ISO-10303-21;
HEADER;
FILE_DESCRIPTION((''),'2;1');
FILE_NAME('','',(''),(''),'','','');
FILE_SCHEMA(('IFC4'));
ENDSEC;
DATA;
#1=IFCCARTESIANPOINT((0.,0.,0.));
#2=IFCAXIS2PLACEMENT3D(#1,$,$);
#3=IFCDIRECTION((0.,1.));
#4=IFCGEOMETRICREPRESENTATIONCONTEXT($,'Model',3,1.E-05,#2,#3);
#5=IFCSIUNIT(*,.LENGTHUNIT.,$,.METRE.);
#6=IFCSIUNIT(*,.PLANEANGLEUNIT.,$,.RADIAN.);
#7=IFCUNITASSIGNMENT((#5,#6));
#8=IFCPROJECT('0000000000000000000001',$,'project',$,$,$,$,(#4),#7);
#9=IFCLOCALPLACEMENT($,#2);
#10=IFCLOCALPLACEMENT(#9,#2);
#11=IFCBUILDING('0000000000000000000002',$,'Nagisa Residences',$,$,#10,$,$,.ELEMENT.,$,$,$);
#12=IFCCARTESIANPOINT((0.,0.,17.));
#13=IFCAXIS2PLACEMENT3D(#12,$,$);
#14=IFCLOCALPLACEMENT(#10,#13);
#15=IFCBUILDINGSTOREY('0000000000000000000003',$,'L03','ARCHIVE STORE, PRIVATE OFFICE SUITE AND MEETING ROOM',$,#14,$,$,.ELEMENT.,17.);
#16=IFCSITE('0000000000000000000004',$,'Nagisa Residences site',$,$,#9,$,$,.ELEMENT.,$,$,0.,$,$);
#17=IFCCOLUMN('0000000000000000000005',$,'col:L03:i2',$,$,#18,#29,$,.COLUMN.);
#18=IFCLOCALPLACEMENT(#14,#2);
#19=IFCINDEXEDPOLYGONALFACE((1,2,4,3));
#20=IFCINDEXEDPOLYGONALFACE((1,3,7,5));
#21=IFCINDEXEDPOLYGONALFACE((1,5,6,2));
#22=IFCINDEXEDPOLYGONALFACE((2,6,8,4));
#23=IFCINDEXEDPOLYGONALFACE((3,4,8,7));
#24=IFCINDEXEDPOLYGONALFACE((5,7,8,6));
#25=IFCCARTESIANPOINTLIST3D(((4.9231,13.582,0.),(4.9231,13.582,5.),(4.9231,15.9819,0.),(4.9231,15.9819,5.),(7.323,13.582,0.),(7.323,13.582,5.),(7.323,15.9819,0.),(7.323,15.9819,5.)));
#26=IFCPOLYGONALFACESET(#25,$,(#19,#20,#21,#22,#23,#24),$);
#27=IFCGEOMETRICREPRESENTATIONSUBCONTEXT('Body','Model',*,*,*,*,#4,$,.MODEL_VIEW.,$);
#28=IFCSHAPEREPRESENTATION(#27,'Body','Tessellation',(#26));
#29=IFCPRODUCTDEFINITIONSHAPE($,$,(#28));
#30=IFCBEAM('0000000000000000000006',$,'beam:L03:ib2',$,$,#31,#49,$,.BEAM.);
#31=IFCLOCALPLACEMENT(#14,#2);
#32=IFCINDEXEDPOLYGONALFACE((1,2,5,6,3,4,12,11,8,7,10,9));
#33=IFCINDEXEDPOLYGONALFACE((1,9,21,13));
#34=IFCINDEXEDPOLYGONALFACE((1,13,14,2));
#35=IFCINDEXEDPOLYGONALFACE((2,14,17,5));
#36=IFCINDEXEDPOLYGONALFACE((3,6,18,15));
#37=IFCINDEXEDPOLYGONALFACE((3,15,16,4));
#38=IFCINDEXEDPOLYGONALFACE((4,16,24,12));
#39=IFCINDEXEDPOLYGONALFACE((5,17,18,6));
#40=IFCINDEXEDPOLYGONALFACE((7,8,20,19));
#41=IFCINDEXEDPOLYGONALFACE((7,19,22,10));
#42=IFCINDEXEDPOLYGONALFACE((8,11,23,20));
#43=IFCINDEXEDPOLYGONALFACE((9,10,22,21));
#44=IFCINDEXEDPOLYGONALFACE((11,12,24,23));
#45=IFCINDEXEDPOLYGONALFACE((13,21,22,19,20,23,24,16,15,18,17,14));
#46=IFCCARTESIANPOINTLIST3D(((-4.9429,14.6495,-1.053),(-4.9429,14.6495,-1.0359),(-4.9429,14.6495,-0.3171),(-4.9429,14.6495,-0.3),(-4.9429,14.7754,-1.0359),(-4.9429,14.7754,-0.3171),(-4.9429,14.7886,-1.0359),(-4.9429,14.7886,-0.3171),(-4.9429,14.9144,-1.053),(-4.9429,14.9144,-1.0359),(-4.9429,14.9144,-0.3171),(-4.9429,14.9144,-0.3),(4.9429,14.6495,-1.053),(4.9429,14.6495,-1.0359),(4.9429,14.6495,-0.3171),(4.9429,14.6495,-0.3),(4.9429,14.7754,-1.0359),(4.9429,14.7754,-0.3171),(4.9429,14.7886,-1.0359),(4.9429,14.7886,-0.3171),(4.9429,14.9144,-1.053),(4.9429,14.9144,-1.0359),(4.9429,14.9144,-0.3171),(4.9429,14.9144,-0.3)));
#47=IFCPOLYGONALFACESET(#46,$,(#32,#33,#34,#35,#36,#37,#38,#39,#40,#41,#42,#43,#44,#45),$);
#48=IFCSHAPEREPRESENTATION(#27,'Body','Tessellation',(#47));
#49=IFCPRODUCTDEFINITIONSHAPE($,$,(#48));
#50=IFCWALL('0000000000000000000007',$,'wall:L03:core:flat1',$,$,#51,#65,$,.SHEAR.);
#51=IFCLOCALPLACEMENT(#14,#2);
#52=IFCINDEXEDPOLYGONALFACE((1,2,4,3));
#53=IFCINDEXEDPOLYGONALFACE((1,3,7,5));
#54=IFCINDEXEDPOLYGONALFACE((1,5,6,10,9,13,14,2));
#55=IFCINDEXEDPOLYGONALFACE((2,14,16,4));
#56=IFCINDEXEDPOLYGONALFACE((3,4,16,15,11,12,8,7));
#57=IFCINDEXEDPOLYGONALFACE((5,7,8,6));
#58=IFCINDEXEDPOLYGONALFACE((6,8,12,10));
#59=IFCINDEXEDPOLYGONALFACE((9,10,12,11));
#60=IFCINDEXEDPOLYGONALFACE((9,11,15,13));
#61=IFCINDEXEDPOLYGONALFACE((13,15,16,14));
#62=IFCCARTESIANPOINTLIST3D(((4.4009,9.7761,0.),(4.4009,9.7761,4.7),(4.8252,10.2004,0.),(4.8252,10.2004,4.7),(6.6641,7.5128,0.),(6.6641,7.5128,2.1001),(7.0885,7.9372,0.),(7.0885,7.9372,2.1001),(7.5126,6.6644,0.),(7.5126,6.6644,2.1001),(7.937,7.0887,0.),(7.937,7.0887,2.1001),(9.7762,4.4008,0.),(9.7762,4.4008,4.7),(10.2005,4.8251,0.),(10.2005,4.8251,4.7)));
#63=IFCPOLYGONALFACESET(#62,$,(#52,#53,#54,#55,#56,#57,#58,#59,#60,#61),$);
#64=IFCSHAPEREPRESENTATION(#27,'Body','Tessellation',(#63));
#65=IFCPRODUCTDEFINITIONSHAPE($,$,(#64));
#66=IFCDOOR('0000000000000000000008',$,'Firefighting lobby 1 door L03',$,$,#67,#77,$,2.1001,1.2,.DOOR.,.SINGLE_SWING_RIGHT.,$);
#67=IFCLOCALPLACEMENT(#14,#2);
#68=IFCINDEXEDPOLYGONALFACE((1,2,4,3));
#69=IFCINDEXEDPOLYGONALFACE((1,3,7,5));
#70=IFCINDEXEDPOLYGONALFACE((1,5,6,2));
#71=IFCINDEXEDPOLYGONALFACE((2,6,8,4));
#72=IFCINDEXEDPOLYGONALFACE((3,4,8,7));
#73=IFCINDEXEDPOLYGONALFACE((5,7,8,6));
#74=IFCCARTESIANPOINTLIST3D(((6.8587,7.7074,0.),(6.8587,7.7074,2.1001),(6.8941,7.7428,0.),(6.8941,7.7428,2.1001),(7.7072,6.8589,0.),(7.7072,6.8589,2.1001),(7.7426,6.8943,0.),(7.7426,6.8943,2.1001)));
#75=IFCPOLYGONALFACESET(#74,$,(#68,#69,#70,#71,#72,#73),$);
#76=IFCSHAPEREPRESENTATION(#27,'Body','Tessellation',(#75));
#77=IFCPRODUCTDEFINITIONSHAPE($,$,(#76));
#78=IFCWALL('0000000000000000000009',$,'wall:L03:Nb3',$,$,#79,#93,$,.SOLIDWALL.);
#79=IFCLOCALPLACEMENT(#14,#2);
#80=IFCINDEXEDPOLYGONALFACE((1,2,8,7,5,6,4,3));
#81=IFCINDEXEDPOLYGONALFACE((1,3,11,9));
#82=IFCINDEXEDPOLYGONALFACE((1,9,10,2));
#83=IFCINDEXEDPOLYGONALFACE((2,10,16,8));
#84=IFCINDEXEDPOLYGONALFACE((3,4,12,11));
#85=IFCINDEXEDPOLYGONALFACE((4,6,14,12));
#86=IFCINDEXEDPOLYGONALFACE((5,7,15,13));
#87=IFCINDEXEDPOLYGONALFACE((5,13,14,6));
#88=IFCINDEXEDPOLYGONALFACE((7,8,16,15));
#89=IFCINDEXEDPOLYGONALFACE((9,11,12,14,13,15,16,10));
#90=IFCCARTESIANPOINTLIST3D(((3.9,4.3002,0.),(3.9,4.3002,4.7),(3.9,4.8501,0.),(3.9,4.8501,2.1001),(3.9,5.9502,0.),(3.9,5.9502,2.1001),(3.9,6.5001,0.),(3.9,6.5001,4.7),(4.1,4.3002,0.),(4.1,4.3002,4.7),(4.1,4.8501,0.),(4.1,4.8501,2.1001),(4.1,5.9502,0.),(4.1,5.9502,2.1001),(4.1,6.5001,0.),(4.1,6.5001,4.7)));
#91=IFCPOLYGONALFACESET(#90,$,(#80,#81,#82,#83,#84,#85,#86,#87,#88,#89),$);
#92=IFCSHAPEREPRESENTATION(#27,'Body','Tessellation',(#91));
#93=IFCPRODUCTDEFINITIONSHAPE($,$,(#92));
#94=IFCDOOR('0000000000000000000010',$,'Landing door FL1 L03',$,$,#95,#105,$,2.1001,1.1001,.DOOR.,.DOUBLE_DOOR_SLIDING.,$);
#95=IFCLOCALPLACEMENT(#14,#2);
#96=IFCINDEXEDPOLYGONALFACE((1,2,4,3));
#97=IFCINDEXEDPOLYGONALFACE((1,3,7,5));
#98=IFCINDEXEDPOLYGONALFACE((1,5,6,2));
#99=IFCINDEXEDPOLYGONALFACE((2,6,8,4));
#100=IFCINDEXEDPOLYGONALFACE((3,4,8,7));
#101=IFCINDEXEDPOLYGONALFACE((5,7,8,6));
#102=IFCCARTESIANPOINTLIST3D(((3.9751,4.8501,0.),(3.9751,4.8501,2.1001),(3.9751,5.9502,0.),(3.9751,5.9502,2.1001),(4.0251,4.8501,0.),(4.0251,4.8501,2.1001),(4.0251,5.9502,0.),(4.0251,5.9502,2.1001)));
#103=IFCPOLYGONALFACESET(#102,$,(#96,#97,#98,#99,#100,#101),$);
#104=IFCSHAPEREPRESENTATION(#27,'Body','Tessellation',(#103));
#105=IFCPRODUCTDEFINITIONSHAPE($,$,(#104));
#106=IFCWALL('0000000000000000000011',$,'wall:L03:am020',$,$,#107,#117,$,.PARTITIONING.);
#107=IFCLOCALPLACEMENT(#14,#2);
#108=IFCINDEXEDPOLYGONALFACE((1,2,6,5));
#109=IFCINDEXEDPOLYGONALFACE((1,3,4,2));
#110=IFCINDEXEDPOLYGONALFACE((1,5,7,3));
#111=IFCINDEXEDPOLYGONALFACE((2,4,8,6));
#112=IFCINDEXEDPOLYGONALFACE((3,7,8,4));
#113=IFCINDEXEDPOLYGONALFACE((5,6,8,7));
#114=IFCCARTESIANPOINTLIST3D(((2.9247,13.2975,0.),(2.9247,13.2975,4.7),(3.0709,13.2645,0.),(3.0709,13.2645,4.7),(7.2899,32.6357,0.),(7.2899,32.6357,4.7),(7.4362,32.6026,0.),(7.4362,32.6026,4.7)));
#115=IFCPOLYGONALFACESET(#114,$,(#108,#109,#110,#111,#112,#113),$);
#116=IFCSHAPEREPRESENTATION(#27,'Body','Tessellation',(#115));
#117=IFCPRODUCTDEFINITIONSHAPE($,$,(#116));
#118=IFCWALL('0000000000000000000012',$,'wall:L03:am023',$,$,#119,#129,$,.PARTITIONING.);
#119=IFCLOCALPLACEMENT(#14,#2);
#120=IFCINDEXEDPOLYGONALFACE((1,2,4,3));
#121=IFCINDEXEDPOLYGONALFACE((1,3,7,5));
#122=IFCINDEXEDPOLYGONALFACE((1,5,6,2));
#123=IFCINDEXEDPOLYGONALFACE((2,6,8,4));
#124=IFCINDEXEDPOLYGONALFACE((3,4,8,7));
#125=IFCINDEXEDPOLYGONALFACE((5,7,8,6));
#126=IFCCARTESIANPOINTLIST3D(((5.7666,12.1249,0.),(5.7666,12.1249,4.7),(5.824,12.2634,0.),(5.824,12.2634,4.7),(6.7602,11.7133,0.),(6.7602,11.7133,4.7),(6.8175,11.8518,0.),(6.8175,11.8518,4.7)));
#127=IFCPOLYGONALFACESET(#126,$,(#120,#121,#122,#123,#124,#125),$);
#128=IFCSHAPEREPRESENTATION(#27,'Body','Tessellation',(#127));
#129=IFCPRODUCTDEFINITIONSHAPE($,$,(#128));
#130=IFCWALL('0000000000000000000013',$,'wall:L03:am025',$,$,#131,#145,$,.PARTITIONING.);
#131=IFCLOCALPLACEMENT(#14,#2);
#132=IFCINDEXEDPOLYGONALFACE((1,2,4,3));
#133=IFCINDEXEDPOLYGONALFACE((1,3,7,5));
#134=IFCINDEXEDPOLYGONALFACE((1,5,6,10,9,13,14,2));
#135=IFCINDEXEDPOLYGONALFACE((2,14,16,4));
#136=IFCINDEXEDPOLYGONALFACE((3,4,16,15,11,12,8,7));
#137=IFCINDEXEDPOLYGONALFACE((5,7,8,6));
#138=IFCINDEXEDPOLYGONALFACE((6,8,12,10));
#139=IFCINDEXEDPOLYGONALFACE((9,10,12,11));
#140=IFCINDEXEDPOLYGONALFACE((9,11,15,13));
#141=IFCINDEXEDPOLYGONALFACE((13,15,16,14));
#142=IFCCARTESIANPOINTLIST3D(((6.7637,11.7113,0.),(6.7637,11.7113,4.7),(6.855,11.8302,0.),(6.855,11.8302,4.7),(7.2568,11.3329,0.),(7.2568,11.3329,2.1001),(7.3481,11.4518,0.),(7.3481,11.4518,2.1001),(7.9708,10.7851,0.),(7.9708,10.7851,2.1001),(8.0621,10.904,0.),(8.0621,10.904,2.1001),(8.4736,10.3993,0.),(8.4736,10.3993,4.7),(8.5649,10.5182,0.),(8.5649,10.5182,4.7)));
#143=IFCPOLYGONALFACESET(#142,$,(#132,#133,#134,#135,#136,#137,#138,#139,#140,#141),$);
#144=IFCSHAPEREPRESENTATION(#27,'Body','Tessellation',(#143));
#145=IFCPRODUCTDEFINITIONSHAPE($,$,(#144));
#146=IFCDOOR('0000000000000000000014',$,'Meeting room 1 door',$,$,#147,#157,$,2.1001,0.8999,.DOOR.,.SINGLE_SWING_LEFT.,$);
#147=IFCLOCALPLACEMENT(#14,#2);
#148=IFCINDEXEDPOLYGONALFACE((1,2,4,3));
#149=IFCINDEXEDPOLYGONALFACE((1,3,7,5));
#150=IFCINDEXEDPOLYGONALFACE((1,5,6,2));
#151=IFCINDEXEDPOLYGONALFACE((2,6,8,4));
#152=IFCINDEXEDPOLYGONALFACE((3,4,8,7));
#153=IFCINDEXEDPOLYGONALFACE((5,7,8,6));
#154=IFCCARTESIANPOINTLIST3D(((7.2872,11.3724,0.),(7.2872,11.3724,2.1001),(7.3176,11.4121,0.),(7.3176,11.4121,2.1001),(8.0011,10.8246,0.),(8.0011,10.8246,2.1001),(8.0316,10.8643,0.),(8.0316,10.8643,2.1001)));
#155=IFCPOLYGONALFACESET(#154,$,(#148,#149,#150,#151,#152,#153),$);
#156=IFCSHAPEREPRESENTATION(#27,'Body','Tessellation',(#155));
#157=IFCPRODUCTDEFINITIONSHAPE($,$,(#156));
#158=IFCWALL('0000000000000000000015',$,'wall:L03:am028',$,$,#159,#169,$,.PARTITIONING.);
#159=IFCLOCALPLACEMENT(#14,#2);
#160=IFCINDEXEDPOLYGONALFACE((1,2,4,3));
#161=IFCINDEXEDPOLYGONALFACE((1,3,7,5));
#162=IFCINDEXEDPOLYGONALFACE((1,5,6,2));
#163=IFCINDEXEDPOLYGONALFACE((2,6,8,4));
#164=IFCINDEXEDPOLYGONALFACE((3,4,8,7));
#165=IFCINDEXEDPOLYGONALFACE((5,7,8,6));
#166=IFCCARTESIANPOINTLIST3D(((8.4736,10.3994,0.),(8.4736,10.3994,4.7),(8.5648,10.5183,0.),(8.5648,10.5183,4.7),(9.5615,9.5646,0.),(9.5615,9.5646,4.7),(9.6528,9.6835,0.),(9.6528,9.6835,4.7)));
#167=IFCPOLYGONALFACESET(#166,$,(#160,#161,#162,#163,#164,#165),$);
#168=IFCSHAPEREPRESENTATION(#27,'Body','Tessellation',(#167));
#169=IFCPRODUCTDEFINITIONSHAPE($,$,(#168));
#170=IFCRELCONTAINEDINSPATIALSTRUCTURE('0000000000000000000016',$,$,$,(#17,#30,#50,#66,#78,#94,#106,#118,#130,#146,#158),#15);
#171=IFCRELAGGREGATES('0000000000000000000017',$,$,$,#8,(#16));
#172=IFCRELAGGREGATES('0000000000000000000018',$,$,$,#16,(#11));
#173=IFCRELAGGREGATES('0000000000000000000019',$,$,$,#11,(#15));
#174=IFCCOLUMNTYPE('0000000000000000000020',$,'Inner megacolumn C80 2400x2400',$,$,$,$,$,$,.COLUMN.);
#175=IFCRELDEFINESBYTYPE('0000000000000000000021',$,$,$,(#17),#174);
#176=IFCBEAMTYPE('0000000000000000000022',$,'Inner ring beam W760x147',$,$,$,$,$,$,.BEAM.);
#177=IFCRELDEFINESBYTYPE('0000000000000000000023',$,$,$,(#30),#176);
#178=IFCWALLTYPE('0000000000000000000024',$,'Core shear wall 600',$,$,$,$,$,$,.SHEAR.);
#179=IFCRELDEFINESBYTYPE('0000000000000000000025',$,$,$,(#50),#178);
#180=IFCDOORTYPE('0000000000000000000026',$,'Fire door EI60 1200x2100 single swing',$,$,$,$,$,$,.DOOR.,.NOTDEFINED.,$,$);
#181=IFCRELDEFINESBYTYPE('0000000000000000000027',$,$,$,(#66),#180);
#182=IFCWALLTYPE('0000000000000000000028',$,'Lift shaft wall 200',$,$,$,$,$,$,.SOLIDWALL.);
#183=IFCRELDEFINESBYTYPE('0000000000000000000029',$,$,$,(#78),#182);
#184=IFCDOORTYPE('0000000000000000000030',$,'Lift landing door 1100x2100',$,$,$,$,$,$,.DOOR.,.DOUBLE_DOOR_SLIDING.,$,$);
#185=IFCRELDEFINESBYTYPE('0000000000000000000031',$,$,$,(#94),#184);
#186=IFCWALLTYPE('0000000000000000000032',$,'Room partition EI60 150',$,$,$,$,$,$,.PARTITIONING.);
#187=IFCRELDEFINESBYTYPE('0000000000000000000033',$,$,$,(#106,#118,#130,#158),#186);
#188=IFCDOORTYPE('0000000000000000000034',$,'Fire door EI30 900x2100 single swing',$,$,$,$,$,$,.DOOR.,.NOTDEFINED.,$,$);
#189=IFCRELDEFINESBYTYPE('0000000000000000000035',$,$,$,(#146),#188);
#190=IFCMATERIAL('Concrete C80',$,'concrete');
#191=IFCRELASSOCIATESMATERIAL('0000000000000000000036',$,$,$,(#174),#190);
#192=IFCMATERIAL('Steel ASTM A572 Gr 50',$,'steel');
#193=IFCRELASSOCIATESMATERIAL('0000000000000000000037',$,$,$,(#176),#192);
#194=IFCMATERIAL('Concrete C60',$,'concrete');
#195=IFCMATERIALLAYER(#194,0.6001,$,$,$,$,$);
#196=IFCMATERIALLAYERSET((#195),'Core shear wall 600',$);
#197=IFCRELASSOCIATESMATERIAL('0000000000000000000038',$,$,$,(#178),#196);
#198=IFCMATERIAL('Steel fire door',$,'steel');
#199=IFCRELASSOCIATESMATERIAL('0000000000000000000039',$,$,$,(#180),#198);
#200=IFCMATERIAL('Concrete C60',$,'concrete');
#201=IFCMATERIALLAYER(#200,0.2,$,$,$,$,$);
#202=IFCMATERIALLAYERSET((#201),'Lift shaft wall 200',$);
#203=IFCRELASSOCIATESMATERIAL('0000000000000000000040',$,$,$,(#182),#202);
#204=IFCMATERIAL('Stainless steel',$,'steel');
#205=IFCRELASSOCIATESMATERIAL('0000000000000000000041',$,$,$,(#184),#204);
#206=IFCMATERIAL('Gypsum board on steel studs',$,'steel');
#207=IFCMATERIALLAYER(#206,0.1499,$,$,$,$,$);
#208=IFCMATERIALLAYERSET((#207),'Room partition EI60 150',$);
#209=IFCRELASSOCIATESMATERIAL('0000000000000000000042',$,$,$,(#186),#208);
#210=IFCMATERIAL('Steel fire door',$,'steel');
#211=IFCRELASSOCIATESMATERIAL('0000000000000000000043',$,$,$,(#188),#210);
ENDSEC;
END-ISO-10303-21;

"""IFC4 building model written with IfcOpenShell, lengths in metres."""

from ifc_helpers import new_model, si_unit, direction, frame, frame_2d, origin, origin_2d, place, context, subcontext, project, spatial, rectangle, i_section, extrude, material, layer, layer_set, material_profile, profile_set, type_object, element, fill, save


model = new_model("IFC4")

# Units and contexts
model_context = context("Model", 3, precision=1e-05, world=origin(), true_north=direction((0.0, 1.0)))
body_context = subcontext(model_context, "Body", "Model", "MODEL_VIEW")
ifc_project = project(units=[si_unit("LENGTHUNIT", "METRE"), si_unit("PLANEANGLEUNIT", "RADIAN")], contexts=[model_context])

# Site, building, storey
site_placement = place(None, origin())
site = spatial("IfcSite", under=ifc_project, at=site_placement, Name="Nagisa Residences site", CompositionType="ELEMENT", RefElevation=0.0)
building_placement = place(site_placement, origin())
building = spatial("IfcBuilding", under=site, at=building_placement, Name="Nagisa Residences", CompositionType="ELEMENT")
storey_placement = place(building_placement, frame((0.0, 0.0, 17.0)))
storey = spatial("IfcBuildingStorey", under=building, at=storey_placement, Name="L03", Description="ARCHIVE STORE, PRIVATE OFFICE SUITE AND MEETING ROOM", CompositionType="ELEMENT", Elevation=17.0)

# Column
ifc_material_1 = material(Name="Concrete C80", Category="concrete")
ifc_material_profile_1 = material_profile(ifc_material_1, rectangle(XDim=2.3999, YDim=2.3999, at=origin_2d()), Name="C80 2400x2400")
ifc_profile_set_1 = profile_set([ifc_material_profile_1], Name="Concrete C80")
column_type = type_object("IfcColumnType", Name="Inner megacolumn C80 2400x2400", PredefinedType="COLUMN", material=ifc_profile_set_1)
column_placement = place(storey_placement, frame((6.123, 14.782, 0.0), z_axis=(0.0, 0.0, 1.0), x_axis=(1.0, 0.0, 0.0)))
element("IfcColumn", 1, at=column_placement, inside=storey, type_object=column_type, Name="col:L03:i2", PredefinedType="COLUMN", context=body_context, shape_type="SweptSolid", body=[
    extrude(rectangle(XDim=2.3999, YDim=2.3999, at=origin_2d()), origin(), (0.0, 0.0, 1.0), 5.0),
])

# Beam
ifc_material_2 = material(Name="Steel ASTM A572 Gr 50", Category="steel")
ifc_material_profile_2 = material_profile(ifc_material_2, i_section(OverallWidth=0.2649, OverallDepth=0.7529, WebThickness=0.0132, FlangeThickness=0.0171, at=origin_2d()), Name="W760x147")
ifc_profile_set_2 = profile_set([ifc_material_profile_2], Name="Steel ASTM A572 Gr 50")
beam_type = type_object("IfcBeamType", Name="Inner ring beam W760x147", PredefinedType="BEAM", material=ifc_profile_set_2)
beam_placement = place(storey_placement, frame((4.9429, 14.782, -0.6765), z_axis=(-1.0, 0.0, 0.0), x_axis=(0.0, -1.0, 0.0)))
element("IfcBeam", 2, at=beam_placement, inside=storey, type_object=beam_type, Name="beam:L03:ib2", PredefinedType="BEAM", context=body_context, shape_type="SweptSolid", body=[
    extrude(i_section(OverallWidth=0.2649, OverallDepth=0.7529, WebThickness=0.0132, FlangeThickness=0.0171, at=origin_2d()), origin(), (0.0, 0.0, 1.0), 9.8857),
])

# Walls, openings, doors
ifc_material_3 = material(Name="Concrete C60", Category="concrete")
ifc_layer_1 = layer(ifc_material_3, 0.6001)
ifc_layer_set_1 = layer_set([ifc_layer_1], Name="Core shear wall 600")
wall_type_1 = type_object("IfcWallType", Name="Core shear wall 600", PredefinedType="SHEAR", material=ifc_layer_set_1)
wall_1_placement = place(storey_placement, frame((9.9883, 4.613, 0.0), z_axis=(0.0, 0.0, 1.0), x_axis=(-0.707107, 0.707107, 0.0)))
wall_1 = element("IfcWall", 3, at=wall_1_placement, inside=storey, type_object=wall_type_1, Name="wall:L03:core:flat1", PredefinedType="SHEAR", context=body_context, shape_type="SweptSolid", body=[
    extrude(rectangle(XDim=7.6018, YDim=0.6001, at=frame_2d((3.8008, 0.0))), origin(), (0.0, 0.0, 1.0), 4.7),
])
opening_1_placement = place(wall_1_placement, frame((3.2009, 0.0, 0.0)))
opening_1 = element("IfcOpeningElement", 4, at=opening_1_placement, cuts=wall_1, PredefinedType="OPENING", context=body_context, shape_type="SweptSolid", body=[
    extrude(rectangle(XDim=1.2, YDim=2.1001, at=frame_2d((0.6001, 1.05))), frame((0.0, 0.3101, 0.0), z_axis=(0.0, -1.0, 0.0), x_axis=(1.0, 0.0, 0.0)), (0.0, 0.0, 1.0), 0.6201),
])
ifc_material_4 = material(Name="Steel fire door", Category="steel")
door_type_1 = type_object("IfcDoorType", Name="Fire door EI60 1200x2100 single swing", OperationType="NOTDEFINED", PredefinedType="DOOR", material=ifc_material_4)
door_1_placement = place(opening_1_placement, origin())
door_1 = element("IfcDoor", 5, at=door_1_placement, inside=storey, type_object=door_type_1, Name="Firefighting lobby 1 door L03", OperationType="SINGLE_SWING_RIGHT", OverallHeight=2.1001, OverallWidth=1.2, PredefinedType="DOOR", context=body_context, shape_type="SweptSolid", body=[
    extrude(rectangle(XDim=1.2, YDim=2.1001, at=frame_2d((0.6001, 1.05))), frame((0.0, 0.0249, 0.0), z_axis=(0.0, -1.0, 0.0), x_axis=(1.0, 0.0, 0.0)), (0.0, 0.0, 1.0), 0.05),
])
fill(opening_1, door_1)
ifc_material_5 = material(Name="Concrete C60", Category="concrete")
ifc_layer_2 = layer(ifc_material_5, 0.2)
ifc_layer_set_2 = layer_set([ifc_layer_2], Name="Lift shaft wall 200")
wall_type_2 = type_object("IfcWallType", Name="Lift shaft wall 200", PredefinedType="SOLIDWALL", material=ifc_layer_set_2)
wall_2_placement = place(storey_placement, frame((4.0, 4.3, 0.0), z_axis=(0.0, 0.0, 1.0), x_axis=(0.0, 1.0, 0.0)))
wall_2 = element("IfcWall", 6, at=wall_2_placement, inside=storey, type_object=wall_type_2, Name="wall:L03:Nb3", PredefinedType="SOLIDWALL", context=body_context, shape_type="SweptSolid", body=[
    extrude(rectangle(XDim=2.2, YDim=0.2, at=frame_2d((1.1001, 0.0))), origin(), (0.0, 0.0, 1.0), 4.7),
])
opening_2_placement = place(wall_2_placement, frame((0.55, 0.0, 0.0)))
opening_2 = element("IfcOpeningElement", 7, at=opening_2_placement, cuts=wall_2, PredefinedType="OPENING", context=body_context, shape_type="SweptSolid", body=[
    extrude(rectangle(XDim=1.1001, YDim=2.1001, at=frame_2d((0.55, 1.05))), frame((0.0, 0.1099, 0.0), z_axis=(0.0, -1.0, 0.0), x_axis=(1.0, 0.0, 0.0)), (0.0, 0.0, 1.0), 0.22),
])
ifc_material_6 = material(Name="Stainless steel", Category="steel")
door_type_2 = type_object("IfcDoorType", Name="Lift landing door 1100x2100", OperationType="DOUBLE_DOOR_SLIDING", PredefinedType="DOOR", material=ifc_material_6)
door_2_placement = place(opening_2_placement, origin())
door_2 = element("IfcDoor", 8, at=door_2_placement, inside=storey, type_object=door_type_2, Name="Landing door FL1 L03", OperationType="DOUBLE_DOOR_SLIDING", OverallHeight=2.1001, OverallWidth=1.1001, PredefinedType="DOOR", context=body_context, shape_type="SweptSolid", body=[
    extrude(rectangle(XDim=1.1001, YDim=2.1001, at=frame_2d((0.55, 1.05))), frame((0.0, 0.0249, 0.0), z_axis=(0.0, -1.0, 0.0), x_axis=(1.0, 0.0, 0.0)), (0.0, 0.0, 1.0), 0.05),
])
fill(opening_2, door_2)

# Walls
ifc_material_7 = material(Name="Gypsum board on steel studs", Category="steel")
ifc_layer_3 = layer(ifc_material_7, 0.1499)
ifc_layer_set_3 = layer_set([ifc_layer_3], Name="Room partition EI60 150")
wall_type_3 = type_object("IfcWallType", Name="Room partition EI60 150", PredefinedType="PARTITIONING", material=ifc_layer_set_3)
wall_3_placement = place(storey_placement, frame((2.9978, 13.281, 0.0), z_axis=(0.0, 0.0, 1.0), x_axis=(0.220192, 0.975457, 0.0)))
element("IfcWall", 9, at=wall_3_placement, inside=storey, type_object=wall_type_3, Name="wall:L03:am020", PredefinedType="PARTITIONING", context=body_context, shape_type="SweptSolid", body=[
    extrude(rectangle(XDim=19.8247, YDim=0.1499, at=frame_2d((9.9124, 0.0))), origin(), (0.0, 0.0, 1.0), 4.7),
])
wall_4_placement = place(storey_placement, frame((5.7954, 12.1941, 0.0), z_axis=(0.0, 0.0, 1.0), x_axis=(0.923867, -0.382713, 0.0)))
element("IfcWall", 10, at=wall_4_placement, inside=storey, type_object=wall_type_3, Name="wall:L03:am023", PredefinedType="PARTITIONING", context=body_context, shape_type="SweptSolid", body=[
    extrude(rectangle(XDim=1.0754, YDim=0.1499, at=frame_2d((0.5376, 0.0))), origin(), (0.0, 0.0, 1.0), 4.7),
])

# Wall, opening, door
wall_5_placement = place(storey_placement, frame((6.8093, 11.7708, 0.0), z_axis=(0.0, 0.0, 1.0), x_axis=(0.793373, -0.608736, 0.0)))
wall_5 = element("IfcWall", 11, at=wall_5_placement, inside=storey, type_object=wall_type_3, Name="wall:L03:am025", PredefinedType="PARTITIONING", context=body_context, shape_type="SweptSolid", body=[
    extrude(rectangle(XDim=2.1553, YDim=0.1499, at=frame_2d((1.0776, 0.0))), origin(), (0.0, 0.0, 1.0), 4.7),
])
opening_3_placement = place(wall_5_placement, frame((0.6216, 0.0, 0.0)))
opening_3 = element("IfcOpeningElement", 12, at=opening_3_placement, cuts=wall_5, PredefinedType="OPENING", context=body_context, shape_type="SweptSolid", body=[
    extrude(rectangle(XDim=0.8999, YDim=2.1001, at=frame_2d((0.45, 1.05))), frame((0.0, 0.085, 0.0), z_axis=(0.0, -1.0, 0.0), x_axis=(1.0, 0.0, 0.0)), (0.0, 0.0, 1.0), 0.1699),
])
ifc_material_8 = material(Name="Steel fire door", Category="steel")
door_type_3 = type_object("IfcDoorType", Name="Fire door EI30 900x2100 single swing", OperationType="NOTDEFINED", PredefinedType="DOOR", material=ifc_material_8)
door_3_placement = place(opening_3_placement, origin())
door_3 = element("IfcDoor", 13, at=door_3_placement, inside=storey, type_object=door_type_3, Name="Meeting room 1 door", OperationType="SINGLE_SWING_LEFT", OverallHeight=2.1001, OverallWidth=0.8999, PredefinedType="DOOR", context=body_context, shape_type="SweptSolid", body=[
    extrude(rectangle(XDim=0.8999, YDim=2.1001, at=frame_2d((0.45, 1.05))), frame((0.0, 0.0249, 0.0), z_axis=(0.0, -1.0, 0.0), x_axis=(1.0, 0.0, 0.0)), (0.0, 0.0, 1.0), 0.05),
])
fill(opening_3, door_3)

# Wall
wall_6_placement = place(storey_placement, frame((8.5193, 10.4587, 0.0), z_axis=(0.0, 0.0, 1.0), x_axis=(0.793371, -0.608738, 0.0)))
element("IfcWall", 14, at=wall_6_placement, inside=storey, type_object=wall_type_3, Name="wall:L03:am028", PredefinedType="PARTITIONING", context=body_context, shape_type="SweptSolid", body=[
    extrude(rectangle(XDim=1.3713, YDim=0.1499, at=frame_2d((0.6855, 0.0))), origin(), (0.0, 0.0, 1.0), 4.7),
])

save(model, "model.ifc")
